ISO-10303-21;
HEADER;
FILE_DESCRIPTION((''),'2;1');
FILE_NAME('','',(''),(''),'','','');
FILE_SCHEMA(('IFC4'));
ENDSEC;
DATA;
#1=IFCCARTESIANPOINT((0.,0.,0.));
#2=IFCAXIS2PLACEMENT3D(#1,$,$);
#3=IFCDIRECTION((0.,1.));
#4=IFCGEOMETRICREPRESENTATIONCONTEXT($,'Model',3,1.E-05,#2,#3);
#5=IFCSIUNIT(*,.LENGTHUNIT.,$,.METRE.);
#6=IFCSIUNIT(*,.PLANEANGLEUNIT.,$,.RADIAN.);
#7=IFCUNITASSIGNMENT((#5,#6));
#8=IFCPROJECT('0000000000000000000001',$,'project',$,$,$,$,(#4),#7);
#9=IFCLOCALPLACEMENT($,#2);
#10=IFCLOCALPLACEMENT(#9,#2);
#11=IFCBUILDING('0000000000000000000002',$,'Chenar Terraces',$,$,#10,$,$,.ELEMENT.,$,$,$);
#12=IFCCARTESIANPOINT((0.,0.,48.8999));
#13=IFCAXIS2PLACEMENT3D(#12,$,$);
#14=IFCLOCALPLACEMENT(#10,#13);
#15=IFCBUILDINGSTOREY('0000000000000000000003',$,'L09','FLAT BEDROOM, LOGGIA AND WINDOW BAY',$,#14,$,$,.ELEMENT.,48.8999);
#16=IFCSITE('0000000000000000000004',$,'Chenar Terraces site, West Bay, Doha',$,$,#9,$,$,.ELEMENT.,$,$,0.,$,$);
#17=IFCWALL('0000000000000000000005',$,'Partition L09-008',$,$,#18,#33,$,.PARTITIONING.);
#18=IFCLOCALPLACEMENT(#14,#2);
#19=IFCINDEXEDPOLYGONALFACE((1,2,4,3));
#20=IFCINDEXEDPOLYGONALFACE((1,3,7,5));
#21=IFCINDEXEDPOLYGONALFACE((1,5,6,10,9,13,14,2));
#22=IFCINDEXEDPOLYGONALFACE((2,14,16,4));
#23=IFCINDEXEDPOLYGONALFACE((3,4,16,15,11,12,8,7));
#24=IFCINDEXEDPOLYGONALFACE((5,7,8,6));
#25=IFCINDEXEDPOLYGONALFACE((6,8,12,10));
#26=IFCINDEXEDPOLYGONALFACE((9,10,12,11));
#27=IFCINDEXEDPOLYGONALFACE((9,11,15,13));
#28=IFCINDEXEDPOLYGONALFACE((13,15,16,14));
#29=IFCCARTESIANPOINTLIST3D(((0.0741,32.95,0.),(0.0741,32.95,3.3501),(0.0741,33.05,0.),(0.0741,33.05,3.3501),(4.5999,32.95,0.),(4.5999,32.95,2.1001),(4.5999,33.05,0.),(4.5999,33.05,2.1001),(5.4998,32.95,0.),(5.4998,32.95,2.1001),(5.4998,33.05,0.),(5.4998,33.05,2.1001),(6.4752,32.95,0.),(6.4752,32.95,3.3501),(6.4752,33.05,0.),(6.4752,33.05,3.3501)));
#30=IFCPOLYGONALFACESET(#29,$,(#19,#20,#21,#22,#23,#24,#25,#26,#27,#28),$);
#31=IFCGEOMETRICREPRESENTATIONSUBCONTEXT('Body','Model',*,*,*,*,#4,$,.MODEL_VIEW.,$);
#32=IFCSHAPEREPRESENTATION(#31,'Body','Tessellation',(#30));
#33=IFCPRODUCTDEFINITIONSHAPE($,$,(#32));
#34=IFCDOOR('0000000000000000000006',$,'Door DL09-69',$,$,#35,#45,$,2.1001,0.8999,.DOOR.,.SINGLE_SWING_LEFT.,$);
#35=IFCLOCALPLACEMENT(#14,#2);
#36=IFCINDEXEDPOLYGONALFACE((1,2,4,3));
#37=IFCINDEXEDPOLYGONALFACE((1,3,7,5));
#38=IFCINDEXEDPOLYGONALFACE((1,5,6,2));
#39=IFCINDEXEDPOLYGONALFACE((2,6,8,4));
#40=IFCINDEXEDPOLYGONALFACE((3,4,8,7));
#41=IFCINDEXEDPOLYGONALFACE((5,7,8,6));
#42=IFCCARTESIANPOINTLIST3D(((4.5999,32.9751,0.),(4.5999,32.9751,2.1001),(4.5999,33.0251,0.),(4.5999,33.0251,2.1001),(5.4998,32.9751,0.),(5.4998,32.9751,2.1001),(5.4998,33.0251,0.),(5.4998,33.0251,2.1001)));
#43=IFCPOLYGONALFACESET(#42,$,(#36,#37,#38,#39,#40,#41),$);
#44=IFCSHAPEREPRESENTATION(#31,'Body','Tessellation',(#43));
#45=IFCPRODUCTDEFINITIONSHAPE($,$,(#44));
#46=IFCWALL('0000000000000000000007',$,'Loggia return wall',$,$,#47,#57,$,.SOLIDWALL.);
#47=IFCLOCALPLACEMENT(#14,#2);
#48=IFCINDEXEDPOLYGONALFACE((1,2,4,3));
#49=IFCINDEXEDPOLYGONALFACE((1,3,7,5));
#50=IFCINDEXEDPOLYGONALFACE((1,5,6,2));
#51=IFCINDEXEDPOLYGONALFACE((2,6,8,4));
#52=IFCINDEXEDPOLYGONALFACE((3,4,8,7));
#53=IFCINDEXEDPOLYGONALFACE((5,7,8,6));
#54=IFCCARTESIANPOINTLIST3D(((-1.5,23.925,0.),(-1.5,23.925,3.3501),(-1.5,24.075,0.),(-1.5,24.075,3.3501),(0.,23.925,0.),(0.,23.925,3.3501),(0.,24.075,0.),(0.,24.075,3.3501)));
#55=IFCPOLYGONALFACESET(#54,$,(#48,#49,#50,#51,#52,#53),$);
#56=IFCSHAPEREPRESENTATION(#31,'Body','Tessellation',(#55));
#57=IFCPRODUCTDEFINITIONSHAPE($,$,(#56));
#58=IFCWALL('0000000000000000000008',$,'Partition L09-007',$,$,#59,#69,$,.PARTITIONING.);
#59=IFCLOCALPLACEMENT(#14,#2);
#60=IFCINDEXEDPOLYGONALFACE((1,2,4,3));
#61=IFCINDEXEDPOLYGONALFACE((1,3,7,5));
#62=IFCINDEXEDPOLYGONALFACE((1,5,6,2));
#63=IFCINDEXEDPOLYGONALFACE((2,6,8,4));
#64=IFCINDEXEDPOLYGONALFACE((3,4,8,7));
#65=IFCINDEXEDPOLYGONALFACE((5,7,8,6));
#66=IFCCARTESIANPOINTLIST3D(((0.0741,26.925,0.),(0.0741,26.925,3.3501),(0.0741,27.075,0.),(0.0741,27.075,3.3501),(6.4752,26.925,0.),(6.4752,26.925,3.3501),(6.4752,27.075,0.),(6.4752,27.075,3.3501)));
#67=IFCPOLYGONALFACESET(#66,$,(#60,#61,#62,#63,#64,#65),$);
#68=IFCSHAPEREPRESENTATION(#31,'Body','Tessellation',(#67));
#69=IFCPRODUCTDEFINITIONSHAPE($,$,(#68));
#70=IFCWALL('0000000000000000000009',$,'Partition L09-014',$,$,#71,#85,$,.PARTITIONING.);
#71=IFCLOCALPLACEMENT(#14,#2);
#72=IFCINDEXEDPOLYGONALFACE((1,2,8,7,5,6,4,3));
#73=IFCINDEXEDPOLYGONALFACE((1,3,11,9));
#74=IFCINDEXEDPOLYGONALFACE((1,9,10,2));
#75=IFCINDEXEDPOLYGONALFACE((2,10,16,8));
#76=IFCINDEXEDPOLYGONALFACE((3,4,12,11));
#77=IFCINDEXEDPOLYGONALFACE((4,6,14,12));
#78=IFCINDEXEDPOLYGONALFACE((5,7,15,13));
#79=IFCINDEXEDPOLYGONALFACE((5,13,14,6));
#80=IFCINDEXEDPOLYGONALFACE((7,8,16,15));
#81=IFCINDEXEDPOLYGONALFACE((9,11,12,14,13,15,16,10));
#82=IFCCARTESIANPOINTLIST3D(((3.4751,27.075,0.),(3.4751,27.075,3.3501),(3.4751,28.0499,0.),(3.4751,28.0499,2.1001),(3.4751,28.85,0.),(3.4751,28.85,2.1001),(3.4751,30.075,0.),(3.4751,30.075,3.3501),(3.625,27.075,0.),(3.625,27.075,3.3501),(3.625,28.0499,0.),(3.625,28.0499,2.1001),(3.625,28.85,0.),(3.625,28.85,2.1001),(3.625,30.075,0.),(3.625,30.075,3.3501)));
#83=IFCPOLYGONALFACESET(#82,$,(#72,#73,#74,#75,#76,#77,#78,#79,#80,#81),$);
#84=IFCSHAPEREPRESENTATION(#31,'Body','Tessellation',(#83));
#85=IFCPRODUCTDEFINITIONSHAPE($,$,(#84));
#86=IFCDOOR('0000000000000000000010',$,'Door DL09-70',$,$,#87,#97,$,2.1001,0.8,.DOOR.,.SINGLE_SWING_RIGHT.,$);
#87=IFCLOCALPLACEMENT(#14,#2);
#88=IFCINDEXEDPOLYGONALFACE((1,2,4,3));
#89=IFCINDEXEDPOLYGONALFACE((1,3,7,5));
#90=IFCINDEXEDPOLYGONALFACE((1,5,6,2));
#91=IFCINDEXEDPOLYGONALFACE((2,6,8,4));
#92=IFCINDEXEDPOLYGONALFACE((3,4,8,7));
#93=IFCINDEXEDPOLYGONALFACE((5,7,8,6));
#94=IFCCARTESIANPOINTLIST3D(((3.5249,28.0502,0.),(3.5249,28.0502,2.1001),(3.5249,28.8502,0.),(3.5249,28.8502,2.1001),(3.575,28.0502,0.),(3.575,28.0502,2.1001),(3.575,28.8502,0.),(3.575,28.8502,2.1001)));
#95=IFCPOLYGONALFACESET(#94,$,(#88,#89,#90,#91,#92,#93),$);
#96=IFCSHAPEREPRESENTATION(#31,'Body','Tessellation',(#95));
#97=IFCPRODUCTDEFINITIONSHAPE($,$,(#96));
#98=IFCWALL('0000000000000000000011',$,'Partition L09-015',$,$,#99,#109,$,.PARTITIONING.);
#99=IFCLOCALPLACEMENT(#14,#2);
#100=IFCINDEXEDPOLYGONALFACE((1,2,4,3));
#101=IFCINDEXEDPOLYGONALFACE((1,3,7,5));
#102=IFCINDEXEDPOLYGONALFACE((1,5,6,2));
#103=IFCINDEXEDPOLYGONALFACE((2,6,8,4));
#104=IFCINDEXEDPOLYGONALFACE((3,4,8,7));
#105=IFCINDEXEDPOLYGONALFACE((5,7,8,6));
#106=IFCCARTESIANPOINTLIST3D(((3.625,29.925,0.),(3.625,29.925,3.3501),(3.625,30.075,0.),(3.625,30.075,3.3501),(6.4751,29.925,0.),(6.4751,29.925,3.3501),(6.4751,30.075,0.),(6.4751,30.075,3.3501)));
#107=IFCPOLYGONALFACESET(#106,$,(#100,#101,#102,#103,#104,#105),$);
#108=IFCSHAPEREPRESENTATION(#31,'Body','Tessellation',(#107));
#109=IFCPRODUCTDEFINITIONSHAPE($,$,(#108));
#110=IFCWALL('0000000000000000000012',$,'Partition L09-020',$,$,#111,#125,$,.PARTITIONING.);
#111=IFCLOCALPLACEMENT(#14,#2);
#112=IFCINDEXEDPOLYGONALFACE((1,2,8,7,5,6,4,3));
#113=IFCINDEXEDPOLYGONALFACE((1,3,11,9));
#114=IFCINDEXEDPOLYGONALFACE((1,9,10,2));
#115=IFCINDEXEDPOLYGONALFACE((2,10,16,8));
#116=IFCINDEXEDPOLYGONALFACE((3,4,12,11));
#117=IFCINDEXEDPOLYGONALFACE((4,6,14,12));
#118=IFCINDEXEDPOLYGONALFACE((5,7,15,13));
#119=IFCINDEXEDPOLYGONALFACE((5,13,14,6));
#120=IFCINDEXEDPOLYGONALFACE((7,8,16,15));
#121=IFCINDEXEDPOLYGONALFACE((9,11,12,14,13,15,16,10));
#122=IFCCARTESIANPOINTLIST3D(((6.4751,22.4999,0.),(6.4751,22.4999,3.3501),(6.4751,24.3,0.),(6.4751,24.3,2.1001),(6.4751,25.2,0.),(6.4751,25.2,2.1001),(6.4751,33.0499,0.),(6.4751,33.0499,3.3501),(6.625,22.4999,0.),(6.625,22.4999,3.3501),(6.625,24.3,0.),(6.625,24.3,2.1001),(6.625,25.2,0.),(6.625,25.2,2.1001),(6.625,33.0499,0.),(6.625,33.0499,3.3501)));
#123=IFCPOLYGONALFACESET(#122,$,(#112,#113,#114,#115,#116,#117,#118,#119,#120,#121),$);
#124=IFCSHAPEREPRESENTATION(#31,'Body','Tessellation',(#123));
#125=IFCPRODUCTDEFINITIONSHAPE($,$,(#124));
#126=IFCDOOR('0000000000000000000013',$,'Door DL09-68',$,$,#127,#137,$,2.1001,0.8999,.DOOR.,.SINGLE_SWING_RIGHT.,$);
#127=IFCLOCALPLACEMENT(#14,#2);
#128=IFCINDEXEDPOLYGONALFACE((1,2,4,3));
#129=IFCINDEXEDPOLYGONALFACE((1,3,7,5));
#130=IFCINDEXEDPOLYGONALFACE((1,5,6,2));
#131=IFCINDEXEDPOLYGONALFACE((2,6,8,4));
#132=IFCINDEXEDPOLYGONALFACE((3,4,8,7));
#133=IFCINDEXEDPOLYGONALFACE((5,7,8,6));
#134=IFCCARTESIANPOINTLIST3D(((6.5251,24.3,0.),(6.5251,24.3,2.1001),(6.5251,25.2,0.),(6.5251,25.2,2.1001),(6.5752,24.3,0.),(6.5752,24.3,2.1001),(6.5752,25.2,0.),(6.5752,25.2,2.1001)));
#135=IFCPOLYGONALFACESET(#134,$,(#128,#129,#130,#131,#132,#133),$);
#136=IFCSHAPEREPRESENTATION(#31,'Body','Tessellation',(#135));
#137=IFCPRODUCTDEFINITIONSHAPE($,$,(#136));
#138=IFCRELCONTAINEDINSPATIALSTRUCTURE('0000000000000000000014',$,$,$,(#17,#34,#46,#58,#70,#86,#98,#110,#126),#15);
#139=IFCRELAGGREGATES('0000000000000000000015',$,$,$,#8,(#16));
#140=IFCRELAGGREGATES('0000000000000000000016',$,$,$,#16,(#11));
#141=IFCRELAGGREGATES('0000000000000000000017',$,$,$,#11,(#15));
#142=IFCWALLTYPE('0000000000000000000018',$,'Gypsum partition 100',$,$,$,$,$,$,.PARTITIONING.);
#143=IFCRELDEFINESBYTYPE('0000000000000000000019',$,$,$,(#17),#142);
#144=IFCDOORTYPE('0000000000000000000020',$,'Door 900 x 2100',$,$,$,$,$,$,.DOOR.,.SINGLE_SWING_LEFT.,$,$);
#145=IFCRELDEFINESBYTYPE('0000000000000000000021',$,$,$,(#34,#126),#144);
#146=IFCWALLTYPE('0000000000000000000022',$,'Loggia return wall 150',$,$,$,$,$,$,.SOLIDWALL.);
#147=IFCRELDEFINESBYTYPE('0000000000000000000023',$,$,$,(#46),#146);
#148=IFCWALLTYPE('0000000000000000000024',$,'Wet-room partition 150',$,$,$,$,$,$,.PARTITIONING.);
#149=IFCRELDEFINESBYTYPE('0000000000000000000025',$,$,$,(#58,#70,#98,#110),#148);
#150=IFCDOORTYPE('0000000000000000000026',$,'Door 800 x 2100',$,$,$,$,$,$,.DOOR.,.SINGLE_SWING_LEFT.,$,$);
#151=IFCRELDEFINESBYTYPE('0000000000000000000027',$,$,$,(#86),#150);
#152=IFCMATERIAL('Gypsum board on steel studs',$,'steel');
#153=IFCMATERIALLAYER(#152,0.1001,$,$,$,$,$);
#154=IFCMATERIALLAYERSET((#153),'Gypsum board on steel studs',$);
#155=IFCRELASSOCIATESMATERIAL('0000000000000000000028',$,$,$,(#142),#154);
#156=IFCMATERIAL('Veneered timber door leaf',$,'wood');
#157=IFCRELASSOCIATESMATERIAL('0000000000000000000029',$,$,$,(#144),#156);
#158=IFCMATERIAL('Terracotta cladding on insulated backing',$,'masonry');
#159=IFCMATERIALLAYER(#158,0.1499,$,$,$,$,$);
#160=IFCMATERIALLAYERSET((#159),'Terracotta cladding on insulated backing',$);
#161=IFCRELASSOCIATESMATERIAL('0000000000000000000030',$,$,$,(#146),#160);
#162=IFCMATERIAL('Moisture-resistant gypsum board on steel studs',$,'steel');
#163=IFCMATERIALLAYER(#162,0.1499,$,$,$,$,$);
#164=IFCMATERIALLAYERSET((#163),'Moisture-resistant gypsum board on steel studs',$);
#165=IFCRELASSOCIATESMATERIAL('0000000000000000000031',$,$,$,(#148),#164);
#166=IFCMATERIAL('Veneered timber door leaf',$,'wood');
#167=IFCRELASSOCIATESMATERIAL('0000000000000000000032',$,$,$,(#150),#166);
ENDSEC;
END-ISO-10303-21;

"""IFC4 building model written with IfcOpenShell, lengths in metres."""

from ifc_helpers import new_model, si_unit, direction, frame, frame_2d, origin, place, context, subcontext, project, spatial, rectangle, extrude, material, layer, layer_set, type_object, element, fill, save


model = new_model("IFC4")

# Units and contexts
model_context = context("Model", 3, precision=1e-05, world=origin(), true_north=direction((0.0, 1.0)))
body_context = subcontext(model_context, "Body", "Model", "MODEL_VIEW")
ifc_project = project(units=[si_unit("LENGTHUNIT", "METRE"), si_unit("PLANEANGLEUNIT", "RADIAN")], contexts=[model_context])

# Site, building, storey
site_placement = place(None, origin())
site = spatial("IfcSite", under=ifc_project, at=site_placement, Name="Chenar Terraces site, West Bay, Doha", CompositionType="ELEMENT", RefElevation=0.0)
building_placement = place(site_placement, origin())
building = spatial("IfcBuilding", under=site, at=building_placement, Name="Chenar Terraces", CompositionType="ELEMENT")
storey_placement = place(building_placement, frame((0.0, 0.0, 48.8999)))
storey = spatial("IfcBuildingStorey", under=building, at=storey_placement, Name="L09", Description="FLAT BEDROOM, LOGGIA AND WINDOW BAY", CompositionType="ELEMENT", Elevation=48.8999)

# Wall, opening, door
ifc_material_1 = material(Name="Gypsum board on steel studs", Category="steel")
ifc_layer_1 = layer(ifc_material_1, 0.1001)
ifc_layer_set_1 = layer_set([ifc_layer_1], Name="Gypsum board on steel studs")
wall_type_1 = type_object("IfcWallType", Name="Gypsum partition 100", PredefinedType="PARTITIONING", material=ifc_layer_set_1)
wall_1_placement = place(storey_placement, frame((0.074, 33.0, 0.0), z_axis=(0.0, 0.0, 1.0), x_axis=(1.0, 0.0, 0.0)))
wall_1 = element("IfcWall", 1, at=wall_1_placement, inside=storey, type_object=wall_type_1, Name="Partition L09-008", PredefinedType="PARTITIONING", context=body_context, shape_type="SweptSolid", body=[
    extrude(rectangle(XDim=6.4011, YDim=0.1001, at=frame_2d((3.2007, 0.0))), origin(), (0.0, 0.0, 1.0), 3.3501),
])
opening_1_placement = place(wall_1_placement, frame((4.5259, 0.0, 0.0)))
opening_1 = element("IfcOpeningElement", 2, at=opening_1_placement, cuts=wall_1, PredefinedType="OPENING", context=body_context, shape_type="SweptSolid", body=[
    extrude(rectangle(XDim=0.8999, YDim=2.1001, at=frame_2d((0.45, 1.05))), frame((0.0, 0.0601, 0.0), z_axis=(0.0, -1.0, 0.0), x_axis=(1.0, 0.0, 0.0)), (0.0, 0.0, 1.0), 0.1201),
])
ifc_material_2 = material(Name="Veneered timber door leaf", Category="wood")
door_type_1 = type_object("IfcDoorType", Name="Door 900 x 2100", OperationType="SINGLE_SWING_LEFT", PredefinedType="DOOR", material=ifc_material_2)
door_1_placement = place(opening_1_placement, frame((0.8999, 0.0, 0.0), z_axis=(0.0, 0.0, 1.0), x_axis=(-1.0, 0.0, 0.0)))
door_1 = element("IfcDoor", 3, at=door_1_placement, inside=storey, type_object=door_type_1, Name="Door DL09-69", OperationType="SINGLE_SWING_LEFT", OverallHeight=2.1001, OverallWidth=0.8999, PredefinedType="DOOR", context=body_context, shape_type="SweptSolid", body=[
    extrude(rectangle(XDim=0.8999, YDim=2.1001, at=frame_2d((0.45, 1.05))), frame((0.0, 0.0249, 0.0), z_axis=(0.0, -1.0, 0.0), x_axis=(1.0, 0.0, 0.0)), (0.0, 0.0, 1.0), 0.05),
])
fill(opening_1, door_1)

# Walls
ifc_material_3 = material(Name="Terracotta cladding on insulated backing", Category="masonry")
ifc_layer_2 = layer(ifc_material_3, 0.1499)
ifc_layer_set_2 = layer_set([ifc_layer_2], Name="Terracotta cladding on insulated backing")
wall_type_2 = type_object("IfcWallType", Name="Loggia return wall 150", PredefinedType="SOLIDWALL", material=ifc_layer_set_2)
wall_2_placement = place(storey_placement, frame((-1.5, 24.0, 0.0), z_axis=(0.0, 0.0, 1.0), x_axis=(1.0, 0.0, 0.0)))
element("IfcWall", 4, at=wall_2_placement, inside=storey, type_object=wall_type_2, Name="Loggia return wall", PredefinedType="SOLIDWALL", context=body_context, shape_type="SweptSolid", body=[
    extrude(rectangle(XDim=1.5, YDim=0.1499, at=frame_2d((0.75, 0.0))), origin(), (0.0, 0.0, 1.0), 3.3501),
])
ifc_material_4 = material(Name="Moisture-resistant gypsum board on steel studs", Category="steel")
ifc_layer_3 = layer(ifc_material_4, 0.1499)
ifc_layer_set_3 = layer_set([ifc_layer_3], Name="Moisture-resistant gypsum board on steel studs")
wall_type_3 = type_object("IfcWallType", Name="Wet-room partition 150", PredefinedType="PARTITIONING", material=ifc_layer_set_3)
wall_3_placement = place(storey_placement, frame((0.074, 27.0, 0.0), z_axis=(0.0, 0.0, 1.0), x_axis=(1.0, 0.0, 0.0)))
element("IfcWall", 5, at=wall_3_placement, inside=storey, type_object=wall_type_3, Name="Partition L09-007", PredefinedType="PARTITIONING", context=body_context, shape_type="SweptSolid", body=[
    extrude(rectangle(XDim=6.4011, YDim=0.1499, at=frame_2d((3.2007, 0.0))), origin(), (0.0, 0.0, 1.0), 3.3501),
])

# Wall, opening, door
wall_4_placement = place(storey_placement, frame((3.55, 27.075, 0.0), z_axis=(0.0, 0.0, 1.0), x_axis=(0.0, 1.0, 0.0)))
wall_4 = element("IfcWall", 6, at=wall_4_placement, inside=storey, type_object=wall_type_3, Name="Partition L09-014", PredefinedType="PARTITIONING", context=body_context, shape_type="SweptSolid", body=[
    extrude(rectangle(XDim=3.0, YDim=0.1499, at=frame_2d((1.5, 0.0))), origin(), (0.0, 0.0, 1.0), 3.3501),
])
opening_2_placement = place(wall_4_placement, frame((0.9751, 0.0, 0.0)))
opening_2 = element("IfcOpeningElement", 7, at=opening_2_placement, cuts=wall_4, PredefinedType="OPENING", context=body_context, shape_type="SweptSolid", body=[
    extrude(rectangle(XDim=0.8, YDim=2.1001, at=frame_2d((0.3999, 1.05))), frame((0.0, 0.085, 0.0), z_axis=(0.0, -1.0, 0.0), x_axis=(1.0, 0.0, 0.0)), (0.0, 0.0, 1.0), 0.1699),
])
ifc_material_5 = material(Name="Veneered timber door leaf", Category="wood")
door_type_2 = type_object("IfcDoorType", Name="Door 800 x 2100", OperationType="SINGLE_SWING_LEFT", PredefinedType="DOOR", material=ifc_material_5)
door_2_placement = place(opening_2_placement, frame((0.8, 0.0, 0.0), z_axis=(0.0, 0.0, 1.0), x_axis=(-1.0, 0.0, 0.0)))
door_2 = element("IfcDoor", 8, at=door_2_placement, inside=storey, type_object=door_type_2, Name="Door DL09-70", OperationType="SINGLE_SWING_RIGHT", OverallHeight=2.1001, OverallWidth=0.8, PredefinedType="DOOR", context=body_context, shape_type="SweptSolid", body=[
    extrude(rectangle(XDim=0.8, YDim=2.1001, at=frame_2d((0.3999, 1.05))), frame((0.0, 0.0249, 0.0), z_axis=(0.0, -1.0, 0.0), x_axis=(1.0, 0.0, 0.0)), (0.0, 0.0, 1.0), 0.05),
])
fill(opening_2, door_2)

# Wall
wall_5_placement = place(storey_placement, frame((3.625, 30.0, 0.0), z_axis=(0.0, 0.0, 1.0), x_axis=(1.0, 0.0, 0.0)))
element("IfcWall", 9, at=wall_5_placement, inside=storey, type_object=wall_type_3, Name="Partition L09-015", PredefinedType="PARTITIONING", context=body_context, shape_type="SweptSolid", body=[
    extrude(rectangle(XDim=2.8501, YDim=0.1499, at=frame_2d((1.425, 0.0))), origin(), (0.0, 0.0, 1.0), 3.3501),
])

# Wall, opening, door
wall_6_placement = place(storey_placement, frame((6.55, 22.5, 0.0), z_axis=(0.0, 0.0, 1.0), x_axis=(0.0, 1.0, 0.0)))
wall_6 = element("IfcWall", 10, at=wall_6_placement, inside=storey, type_object=wall_type_3, Name="Partition L09-020", PredefinedType="PARTITIONING", context=body_context, shape_type="SweptSolid", body=[
    extrude(rectangle(XDim=10.55, YDim=0.1499, at=frame_2d((5.2749, 0.0))), origin(), (0.0, 0.0, 1.0), 3.3501),
])
opening_3_placement = place(wall_6_placement, frame((1.8, 0.0, 0.0)))
opening_3 = element("IfcOpeningElement", 11, at=opening_3_placement, cuts=wall_6, PredefinedType="OPENING", context=body_context, shape_type="SweptSolid", body=[
    extrude(rectangle(XDim=0.8999, YDim=2.1001, at=frame_2d((0.45, 1.05))), frame((0.0, 0.085, 0.0), z_axis=(0.0, -1.0, 0.0), x_axis=(1.0, 0.0, 0.0)), (0.0, 0.0, 1.0), 0.1699),
])
door_3_placement = place(opening_3_placement, origin())
door_3 = element("IfcDoor", 12, at=door_3_placement, inside=storey, type_object=door_type_1, Name="Door DL09-68", OperationType="SINGLE_SWING_RIGHT", OverallHeight=2.1001, OverallWidth=0.8999, PredefinedType="DOOR", context=body_context, shape_type="SweptSolid", body=[
    extrude(rectangle(XDim=0.8999, YDim=2.1001, at=frame_2d((0.45, 1.05))), frame((0.0, 0.0249, 0.0), z_axis=(0.0, -1.0, 0.0), x_axis=(1.0, 0.0, 0.0)), (0.0, 0.0, 1.0), 0.05),
])
fill(opening_3, door_3)

save(model, "model.ifc")
